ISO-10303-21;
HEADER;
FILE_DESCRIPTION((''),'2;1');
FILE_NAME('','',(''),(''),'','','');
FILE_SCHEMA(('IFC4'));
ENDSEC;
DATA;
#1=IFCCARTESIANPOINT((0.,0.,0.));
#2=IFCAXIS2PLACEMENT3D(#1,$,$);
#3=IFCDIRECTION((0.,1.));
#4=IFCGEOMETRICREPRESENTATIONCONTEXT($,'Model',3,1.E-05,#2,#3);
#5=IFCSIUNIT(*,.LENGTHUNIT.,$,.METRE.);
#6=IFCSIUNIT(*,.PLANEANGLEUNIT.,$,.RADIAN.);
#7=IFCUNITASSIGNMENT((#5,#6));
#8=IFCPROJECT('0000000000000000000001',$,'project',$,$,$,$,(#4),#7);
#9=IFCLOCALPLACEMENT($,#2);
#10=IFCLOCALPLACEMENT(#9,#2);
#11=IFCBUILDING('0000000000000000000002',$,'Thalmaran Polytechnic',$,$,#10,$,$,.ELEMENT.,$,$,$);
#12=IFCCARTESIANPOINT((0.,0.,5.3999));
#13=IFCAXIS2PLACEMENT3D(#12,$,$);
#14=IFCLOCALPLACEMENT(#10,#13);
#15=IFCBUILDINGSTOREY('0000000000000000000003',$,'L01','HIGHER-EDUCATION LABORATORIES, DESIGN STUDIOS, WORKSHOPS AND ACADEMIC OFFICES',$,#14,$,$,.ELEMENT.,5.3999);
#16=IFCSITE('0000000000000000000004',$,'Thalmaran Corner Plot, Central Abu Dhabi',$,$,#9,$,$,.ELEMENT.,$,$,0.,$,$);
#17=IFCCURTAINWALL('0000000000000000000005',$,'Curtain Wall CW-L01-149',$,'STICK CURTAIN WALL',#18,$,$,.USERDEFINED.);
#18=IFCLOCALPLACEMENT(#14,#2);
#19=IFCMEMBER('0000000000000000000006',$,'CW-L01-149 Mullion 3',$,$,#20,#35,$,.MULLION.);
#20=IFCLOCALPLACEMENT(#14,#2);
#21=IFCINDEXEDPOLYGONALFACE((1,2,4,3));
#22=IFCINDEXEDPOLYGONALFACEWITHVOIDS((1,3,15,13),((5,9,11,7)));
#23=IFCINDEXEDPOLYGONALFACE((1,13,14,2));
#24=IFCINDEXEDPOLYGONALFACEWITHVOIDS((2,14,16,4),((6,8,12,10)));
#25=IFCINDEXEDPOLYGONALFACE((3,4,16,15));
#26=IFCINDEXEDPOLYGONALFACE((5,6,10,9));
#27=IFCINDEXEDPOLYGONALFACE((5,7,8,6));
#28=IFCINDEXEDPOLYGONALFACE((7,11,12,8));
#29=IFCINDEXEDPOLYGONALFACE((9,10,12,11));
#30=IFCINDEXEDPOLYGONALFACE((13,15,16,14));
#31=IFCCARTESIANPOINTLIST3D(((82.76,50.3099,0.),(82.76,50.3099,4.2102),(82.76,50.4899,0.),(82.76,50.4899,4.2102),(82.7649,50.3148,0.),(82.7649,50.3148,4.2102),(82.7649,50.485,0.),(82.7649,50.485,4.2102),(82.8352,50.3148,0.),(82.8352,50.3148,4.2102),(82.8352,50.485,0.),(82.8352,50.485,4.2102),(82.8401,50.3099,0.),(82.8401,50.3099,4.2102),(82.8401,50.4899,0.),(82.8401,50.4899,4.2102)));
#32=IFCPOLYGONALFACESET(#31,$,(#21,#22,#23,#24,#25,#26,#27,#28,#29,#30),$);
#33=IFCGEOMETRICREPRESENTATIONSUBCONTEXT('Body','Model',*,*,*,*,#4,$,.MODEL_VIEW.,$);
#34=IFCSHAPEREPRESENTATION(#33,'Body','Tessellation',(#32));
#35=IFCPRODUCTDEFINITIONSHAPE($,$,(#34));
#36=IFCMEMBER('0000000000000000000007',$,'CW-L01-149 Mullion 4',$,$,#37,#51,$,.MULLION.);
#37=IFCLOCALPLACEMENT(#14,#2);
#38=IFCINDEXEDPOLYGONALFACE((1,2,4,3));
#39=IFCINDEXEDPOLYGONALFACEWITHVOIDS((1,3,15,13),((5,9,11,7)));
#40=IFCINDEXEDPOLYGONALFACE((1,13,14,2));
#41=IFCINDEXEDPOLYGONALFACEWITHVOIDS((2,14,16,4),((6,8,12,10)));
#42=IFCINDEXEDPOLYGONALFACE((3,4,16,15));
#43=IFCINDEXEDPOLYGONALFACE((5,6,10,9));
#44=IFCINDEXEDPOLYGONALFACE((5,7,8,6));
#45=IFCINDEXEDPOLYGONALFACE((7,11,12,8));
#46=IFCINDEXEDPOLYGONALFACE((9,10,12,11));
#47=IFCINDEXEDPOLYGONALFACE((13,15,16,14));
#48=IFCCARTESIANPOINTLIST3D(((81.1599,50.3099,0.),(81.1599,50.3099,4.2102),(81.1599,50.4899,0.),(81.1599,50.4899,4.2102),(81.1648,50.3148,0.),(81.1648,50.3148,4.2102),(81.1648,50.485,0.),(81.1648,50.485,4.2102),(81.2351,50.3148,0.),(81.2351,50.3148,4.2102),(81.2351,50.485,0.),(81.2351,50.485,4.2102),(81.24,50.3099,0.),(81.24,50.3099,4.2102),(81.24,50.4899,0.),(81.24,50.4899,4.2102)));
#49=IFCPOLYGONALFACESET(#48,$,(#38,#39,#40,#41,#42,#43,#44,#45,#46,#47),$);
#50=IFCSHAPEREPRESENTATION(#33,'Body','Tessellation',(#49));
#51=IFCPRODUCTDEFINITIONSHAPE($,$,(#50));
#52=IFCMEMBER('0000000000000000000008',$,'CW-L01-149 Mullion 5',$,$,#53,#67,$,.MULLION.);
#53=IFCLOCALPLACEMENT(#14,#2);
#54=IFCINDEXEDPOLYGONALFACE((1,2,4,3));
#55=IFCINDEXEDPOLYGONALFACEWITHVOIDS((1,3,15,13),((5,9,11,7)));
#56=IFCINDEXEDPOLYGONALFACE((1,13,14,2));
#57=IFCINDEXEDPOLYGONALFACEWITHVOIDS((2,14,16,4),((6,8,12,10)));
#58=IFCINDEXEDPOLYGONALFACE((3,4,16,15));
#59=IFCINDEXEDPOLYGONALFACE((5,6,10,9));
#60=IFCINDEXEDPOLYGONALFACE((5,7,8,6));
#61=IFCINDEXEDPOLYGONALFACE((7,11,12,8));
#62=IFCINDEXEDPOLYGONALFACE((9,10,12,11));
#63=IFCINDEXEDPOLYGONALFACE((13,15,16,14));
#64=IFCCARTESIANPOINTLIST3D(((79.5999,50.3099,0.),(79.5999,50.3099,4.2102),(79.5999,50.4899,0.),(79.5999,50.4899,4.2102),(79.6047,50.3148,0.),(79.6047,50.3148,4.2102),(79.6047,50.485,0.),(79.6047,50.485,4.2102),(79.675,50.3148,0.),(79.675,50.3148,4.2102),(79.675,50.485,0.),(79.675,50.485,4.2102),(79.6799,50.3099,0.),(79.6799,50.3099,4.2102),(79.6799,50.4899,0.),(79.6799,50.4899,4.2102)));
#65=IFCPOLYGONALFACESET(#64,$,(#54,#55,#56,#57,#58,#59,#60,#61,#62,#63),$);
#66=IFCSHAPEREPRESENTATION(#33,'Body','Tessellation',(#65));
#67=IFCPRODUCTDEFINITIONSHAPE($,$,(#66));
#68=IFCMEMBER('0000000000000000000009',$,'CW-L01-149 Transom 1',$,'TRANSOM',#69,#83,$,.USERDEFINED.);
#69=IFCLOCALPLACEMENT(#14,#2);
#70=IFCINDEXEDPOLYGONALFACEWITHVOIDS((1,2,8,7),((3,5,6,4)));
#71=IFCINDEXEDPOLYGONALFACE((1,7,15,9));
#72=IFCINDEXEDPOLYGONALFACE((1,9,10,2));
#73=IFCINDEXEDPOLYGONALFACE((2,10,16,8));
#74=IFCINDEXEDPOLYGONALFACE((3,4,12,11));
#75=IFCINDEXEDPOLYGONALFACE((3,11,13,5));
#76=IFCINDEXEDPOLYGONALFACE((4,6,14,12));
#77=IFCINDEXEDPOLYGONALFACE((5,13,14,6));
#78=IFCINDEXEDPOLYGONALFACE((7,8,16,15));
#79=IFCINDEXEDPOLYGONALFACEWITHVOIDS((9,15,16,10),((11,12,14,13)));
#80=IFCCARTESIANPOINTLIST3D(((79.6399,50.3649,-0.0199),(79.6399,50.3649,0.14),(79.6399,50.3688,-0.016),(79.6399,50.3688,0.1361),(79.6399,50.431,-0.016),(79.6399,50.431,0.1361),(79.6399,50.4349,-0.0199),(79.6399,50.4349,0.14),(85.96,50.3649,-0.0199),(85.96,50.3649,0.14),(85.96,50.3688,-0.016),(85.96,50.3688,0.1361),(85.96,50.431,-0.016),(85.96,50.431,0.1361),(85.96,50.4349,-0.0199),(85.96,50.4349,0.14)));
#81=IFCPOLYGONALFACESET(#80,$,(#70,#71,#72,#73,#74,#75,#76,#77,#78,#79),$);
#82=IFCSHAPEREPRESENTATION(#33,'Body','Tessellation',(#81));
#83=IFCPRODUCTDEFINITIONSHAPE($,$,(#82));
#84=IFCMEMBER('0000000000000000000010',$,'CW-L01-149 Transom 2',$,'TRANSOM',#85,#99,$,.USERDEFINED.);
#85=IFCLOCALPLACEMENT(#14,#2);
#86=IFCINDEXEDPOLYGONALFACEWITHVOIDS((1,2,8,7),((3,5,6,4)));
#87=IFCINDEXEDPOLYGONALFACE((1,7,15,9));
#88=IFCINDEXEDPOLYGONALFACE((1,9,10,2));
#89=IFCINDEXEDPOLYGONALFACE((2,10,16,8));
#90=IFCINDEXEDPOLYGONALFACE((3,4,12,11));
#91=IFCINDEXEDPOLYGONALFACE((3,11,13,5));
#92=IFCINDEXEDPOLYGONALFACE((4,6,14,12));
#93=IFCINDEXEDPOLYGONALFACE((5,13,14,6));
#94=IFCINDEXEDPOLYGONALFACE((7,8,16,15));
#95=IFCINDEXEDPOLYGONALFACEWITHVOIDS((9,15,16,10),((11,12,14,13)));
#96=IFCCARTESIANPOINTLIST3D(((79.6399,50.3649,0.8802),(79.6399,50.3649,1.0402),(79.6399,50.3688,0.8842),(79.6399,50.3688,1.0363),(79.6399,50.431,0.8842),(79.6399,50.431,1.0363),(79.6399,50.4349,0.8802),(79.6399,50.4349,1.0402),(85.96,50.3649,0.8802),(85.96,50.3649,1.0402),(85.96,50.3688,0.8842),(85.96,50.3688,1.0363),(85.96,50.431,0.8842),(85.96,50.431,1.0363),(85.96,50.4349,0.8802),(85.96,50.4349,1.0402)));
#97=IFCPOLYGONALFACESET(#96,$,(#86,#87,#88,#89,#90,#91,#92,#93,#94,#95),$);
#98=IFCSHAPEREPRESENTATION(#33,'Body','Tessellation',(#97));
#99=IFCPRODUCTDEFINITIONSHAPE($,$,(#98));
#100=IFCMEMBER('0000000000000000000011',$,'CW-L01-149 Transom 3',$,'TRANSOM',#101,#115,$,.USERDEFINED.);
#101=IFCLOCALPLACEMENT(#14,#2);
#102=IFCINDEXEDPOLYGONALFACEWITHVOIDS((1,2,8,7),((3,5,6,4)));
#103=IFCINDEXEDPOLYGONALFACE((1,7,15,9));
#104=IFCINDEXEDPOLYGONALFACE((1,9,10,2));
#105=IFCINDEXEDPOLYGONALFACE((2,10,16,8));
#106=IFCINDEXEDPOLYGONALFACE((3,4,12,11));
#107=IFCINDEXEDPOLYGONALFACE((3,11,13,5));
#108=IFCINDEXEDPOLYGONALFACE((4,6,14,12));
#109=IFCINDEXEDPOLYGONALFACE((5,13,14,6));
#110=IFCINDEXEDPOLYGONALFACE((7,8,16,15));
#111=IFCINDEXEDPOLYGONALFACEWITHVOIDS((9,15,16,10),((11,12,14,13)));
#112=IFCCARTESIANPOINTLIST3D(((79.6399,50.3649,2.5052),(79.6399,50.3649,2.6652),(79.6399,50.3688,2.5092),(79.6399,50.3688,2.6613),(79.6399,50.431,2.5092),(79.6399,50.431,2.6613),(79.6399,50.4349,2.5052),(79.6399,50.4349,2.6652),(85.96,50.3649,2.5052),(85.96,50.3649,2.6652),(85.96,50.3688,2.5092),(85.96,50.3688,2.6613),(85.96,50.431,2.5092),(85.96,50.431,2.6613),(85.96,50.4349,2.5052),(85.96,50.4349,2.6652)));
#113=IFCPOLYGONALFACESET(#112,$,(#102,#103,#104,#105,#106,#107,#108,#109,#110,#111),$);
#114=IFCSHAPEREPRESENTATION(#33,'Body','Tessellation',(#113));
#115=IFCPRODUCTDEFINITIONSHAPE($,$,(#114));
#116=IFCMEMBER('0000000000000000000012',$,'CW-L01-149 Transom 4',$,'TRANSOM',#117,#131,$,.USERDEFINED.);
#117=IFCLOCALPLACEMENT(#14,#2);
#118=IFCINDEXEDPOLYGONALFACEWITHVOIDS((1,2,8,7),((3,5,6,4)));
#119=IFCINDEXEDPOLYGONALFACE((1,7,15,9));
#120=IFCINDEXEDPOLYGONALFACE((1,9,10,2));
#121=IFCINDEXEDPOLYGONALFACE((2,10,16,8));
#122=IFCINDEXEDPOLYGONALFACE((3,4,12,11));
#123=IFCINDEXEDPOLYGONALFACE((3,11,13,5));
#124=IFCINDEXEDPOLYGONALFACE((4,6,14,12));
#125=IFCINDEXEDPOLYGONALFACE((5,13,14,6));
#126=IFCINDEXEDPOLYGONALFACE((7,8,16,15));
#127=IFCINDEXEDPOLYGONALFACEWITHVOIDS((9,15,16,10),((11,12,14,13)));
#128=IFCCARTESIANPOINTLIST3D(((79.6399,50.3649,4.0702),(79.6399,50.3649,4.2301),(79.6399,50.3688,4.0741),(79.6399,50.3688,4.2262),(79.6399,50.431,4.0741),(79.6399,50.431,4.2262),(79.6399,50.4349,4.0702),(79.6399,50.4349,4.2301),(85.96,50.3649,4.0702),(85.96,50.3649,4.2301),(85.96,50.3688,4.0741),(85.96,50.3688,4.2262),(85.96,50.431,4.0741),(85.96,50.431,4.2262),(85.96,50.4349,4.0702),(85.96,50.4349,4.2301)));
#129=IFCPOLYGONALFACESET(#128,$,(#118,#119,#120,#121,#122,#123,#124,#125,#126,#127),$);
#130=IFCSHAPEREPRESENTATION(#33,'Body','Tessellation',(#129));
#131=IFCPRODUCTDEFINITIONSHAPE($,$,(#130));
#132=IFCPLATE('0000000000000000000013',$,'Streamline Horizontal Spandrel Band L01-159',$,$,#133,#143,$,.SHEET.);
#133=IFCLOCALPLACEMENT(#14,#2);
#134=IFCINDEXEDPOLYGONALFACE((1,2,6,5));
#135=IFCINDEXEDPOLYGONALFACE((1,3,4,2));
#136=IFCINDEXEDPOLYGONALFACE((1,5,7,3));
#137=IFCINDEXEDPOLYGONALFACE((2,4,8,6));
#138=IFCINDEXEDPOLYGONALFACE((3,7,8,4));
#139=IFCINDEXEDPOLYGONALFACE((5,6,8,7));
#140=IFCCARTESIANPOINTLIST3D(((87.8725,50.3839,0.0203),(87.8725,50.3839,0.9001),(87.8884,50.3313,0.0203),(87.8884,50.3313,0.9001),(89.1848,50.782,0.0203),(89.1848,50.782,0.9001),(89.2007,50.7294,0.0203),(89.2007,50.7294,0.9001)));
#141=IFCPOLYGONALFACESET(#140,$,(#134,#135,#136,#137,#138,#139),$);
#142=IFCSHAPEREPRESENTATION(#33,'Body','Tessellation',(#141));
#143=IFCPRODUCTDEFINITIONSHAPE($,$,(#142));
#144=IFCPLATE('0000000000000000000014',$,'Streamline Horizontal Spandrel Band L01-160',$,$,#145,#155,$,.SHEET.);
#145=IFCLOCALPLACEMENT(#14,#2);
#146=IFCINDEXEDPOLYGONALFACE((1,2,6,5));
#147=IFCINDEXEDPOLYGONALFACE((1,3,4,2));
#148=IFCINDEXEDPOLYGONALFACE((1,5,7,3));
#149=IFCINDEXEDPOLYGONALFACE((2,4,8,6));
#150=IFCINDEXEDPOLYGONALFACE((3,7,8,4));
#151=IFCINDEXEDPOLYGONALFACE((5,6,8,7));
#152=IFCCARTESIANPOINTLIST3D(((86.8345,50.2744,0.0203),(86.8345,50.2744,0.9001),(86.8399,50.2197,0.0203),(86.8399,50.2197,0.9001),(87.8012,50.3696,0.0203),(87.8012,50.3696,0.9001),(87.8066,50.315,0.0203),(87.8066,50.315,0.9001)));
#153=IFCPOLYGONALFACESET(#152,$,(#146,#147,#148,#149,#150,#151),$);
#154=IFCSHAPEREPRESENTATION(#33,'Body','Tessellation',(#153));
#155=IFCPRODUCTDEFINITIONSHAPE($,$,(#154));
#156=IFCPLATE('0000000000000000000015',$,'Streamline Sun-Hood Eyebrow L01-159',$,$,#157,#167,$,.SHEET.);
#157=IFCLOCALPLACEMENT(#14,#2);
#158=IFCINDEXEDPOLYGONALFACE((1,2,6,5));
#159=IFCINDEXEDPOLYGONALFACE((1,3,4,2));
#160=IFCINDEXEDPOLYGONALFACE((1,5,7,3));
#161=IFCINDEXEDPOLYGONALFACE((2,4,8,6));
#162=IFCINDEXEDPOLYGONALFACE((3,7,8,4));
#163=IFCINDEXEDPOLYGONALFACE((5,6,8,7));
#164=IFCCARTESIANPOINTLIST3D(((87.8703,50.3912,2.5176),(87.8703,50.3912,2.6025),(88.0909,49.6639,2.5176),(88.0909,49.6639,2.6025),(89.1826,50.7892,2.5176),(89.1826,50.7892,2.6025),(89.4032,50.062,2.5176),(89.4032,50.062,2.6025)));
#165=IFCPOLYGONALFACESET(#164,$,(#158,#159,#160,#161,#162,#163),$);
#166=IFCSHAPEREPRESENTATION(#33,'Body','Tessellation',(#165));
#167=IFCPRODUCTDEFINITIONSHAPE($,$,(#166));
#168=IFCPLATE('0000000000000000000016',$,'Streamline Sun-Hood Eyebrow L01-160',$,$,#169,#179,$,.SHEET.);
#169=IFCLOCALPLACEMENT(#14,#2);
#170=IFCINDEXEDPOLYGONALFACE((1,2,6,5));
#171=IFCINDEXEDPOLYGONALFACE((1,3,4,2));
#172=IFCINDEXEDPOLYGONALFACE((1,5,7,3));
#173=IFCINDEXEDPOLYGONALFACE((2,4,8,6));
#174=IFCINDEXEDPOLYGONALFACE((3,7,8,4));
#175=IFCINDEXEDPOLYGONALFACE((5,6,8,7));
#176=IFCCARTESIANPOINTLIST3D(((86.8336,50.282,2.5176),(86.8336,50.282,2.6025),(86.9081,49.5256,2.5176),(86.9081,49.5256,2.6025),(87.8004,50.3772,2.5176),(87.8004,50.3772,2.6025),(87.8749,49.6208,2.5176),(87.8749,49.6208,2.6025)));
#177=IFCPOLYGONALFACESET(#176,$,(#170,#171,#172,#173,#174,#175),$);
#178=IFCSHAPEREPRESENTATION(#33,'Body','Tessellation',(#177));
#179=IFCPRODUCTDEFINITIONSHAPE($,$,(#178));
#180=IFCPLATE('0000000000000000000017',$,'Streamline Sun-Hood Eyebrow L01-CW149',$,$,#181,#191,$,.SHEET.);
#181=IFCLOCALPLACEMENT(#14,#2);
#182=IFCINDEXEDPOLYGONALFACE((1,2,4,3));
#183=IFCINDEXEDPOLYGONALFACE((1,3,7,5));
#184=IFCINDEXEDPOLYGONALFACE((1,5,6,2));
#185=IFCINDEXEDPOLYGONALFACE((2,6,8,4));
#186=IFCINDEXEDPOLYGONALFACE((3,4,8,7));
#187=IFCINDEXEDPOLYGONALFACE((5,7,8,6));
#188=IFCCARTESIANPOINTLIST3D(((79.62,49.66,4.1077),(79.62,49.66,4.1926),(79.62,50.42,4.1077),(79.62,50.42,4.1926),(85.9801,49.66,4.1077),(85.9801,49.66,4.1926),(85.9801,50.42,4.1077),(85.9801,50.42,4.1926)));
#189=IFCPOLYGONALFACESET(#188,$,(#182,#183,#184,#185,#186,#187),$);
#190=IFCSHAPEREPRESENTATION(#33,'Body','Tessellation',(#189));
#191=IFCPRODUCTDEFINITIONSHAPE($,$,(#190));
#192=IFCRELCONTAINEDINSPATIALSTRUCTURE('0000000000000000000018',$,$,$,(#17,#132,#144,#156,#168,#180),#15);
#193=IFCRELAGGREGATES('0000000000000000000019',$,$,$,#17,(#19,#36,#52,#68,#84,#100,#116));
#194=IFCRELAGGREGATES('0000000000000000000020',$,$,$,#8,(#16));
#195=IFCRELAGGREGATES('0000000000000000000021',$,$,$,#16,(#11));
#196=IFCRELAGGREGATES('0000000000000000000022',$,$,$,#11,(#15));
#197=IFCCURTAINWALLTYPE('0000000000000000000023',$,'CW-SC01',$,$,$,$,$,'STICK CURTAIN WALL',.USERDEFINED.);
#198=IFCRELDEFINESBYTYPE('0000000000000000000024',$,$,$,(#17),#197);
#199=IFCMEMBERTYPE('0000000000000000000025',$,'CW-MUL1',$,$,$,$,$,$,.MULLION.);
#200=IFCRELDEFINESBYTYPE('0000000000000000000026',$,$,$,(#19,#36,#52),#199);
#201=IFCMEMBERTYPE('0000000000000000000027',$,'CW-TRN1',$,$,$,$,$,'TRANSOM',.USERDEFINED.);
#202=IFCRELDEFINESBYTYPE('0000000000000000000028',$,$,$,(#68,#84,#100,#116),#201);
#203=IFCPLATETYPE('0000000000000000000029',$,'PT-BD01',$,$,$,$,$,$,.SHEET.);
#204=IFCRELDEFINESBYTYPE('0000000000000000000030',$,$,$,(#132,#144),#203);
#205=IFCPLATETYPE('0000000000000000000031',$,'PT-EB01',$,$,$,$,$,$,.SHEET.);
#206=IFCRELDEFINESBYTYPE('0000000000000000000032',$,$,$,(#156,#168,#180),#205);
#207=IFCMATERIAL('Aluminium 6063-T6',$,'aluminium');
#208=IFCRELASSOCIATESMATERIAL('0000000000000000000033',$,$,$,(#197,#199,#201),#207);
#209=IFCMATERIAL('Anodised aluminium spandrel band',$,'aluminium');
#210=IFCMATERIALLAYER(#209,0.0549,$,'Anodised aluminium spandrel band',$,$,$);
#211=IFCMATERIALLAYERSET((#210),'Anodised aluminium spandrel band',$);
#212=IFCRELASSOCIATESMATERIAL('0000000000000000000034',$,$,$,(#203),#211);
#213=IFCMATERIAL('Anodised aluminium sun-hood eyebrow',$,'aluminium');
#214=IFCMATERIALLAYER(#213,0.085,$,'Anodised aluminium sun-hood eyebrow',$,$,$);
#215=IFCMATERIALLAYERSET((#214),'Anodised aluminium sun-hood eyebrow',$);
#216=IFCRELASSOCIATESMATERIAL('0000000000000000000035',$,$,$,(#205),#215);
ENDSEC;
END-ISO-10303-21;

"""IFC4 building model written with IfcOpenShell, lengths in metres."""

from ifc_helpers import new_model, si_unit, direction, frame, origin, origin_2d, place, context, subcontext, project, spatial, rectangle, hollow_rectangle, extrude, material, layer, layer_set, material_profile, profile_set, type_object, element, aggregate, save


model = new_model("IFC4")

# Units and contexts
model_context = context("Model", 3, precision=1e-05, world=origin(), true_north=direction((0.0, 1.0)))
body_context = subcontext(model_context, "Body", "Model", "MODEL_VIEW")
ifc_project = project(units=[si_unit("LENGTHUNIT", "METRE"), si_unit("PLANEANGLEUNIT", "RADIAN")], contexts=[model_context])

# Site, building, storey
site_placement = place(None, origin())
site = spatial("IfcSite", under=ifc_project, at=site_placement, Name="Thalmaran Corner Plot, Central Abu Dhabi", CompositionType="ELEMENT", RefElevation=0.0)
building_placement = place(site_placement, origin())
building = spatial("IfcBuilding", under=site, at=building_placement, Name="Thalmaran Polytechnic", CompositionType="ELEMENT")
storey_placement = place(building_placement, frame((0.0, 0.0, 5.3999)))
storey = spatial("IfcBuildingStorey", under=building, at=storey_placement, Name="L01", Description="HIGHER-EDUCATION LABORATORIES, DESIGN STUDIOS, WORKSHOPS AND ACADEMIC OFFICES", CompositionType="ELEMENT", Elevation=5.3999)

# Curtain wall, members
ifc_material_1 = material(Name="Aluminium 6063-T6", Category="aluminium")
curtain_wall_type = type_object("IfcCurtainWallType", Name="CW-SC01", ElementType="STICK CURTAIN WALL", PredefinedType="USERDEFINED", material=ifc_material_1)
curtain_wall_placement = place(storey_placement, origin())
curtain_wall = element("IfcCurtainWall", 1, at=curtain_wall_placement, inside=storey, type_object=curtain_wall_type, Name="Curtain Wall CW-L01-149", ObjectType="STICK CURTAIN WALL", PredefinedType="USERDEFINED")
ifc_material_profile_1 = material_profile(ifc_material_1, hollow_rectangle(XDim=0.0801, YDim=0.1799, WallThickness=0.0049, at=origin_2d()), Name="RHS 180x80x5.0")
ifc_profile_set_1 = profile_set([ifc_material_profile_1], Name="Aluminium 6063-T6")
member_type_1 = type_object("IfcMemberType", Name="CW-MUL1", PredefinedType="MULLION", material=ifc_profile_set_1)
member_1_placement = place(storey_placement, frame((82.8, 50.3999, 0.0), z_axis=(0.0, 0.0, 1.0), x_axis=(1.0, 0.0, 0.0)))
member_1 = element("IfcMember", 2, at=member_1_placement, type_object=member_type_1, Name="CW-L01-149 Mullion 3", PredefinedType="MULLION", context=body_context, shape_type="SweptSolid", body=[
    extrude(hollow_rectangle(XDim=0.0801, YDim=0.1799, WallThickness=0.0049, at=origin_2d()), origin(), (0.0, 0.0, 1.0), 4.2102),
])
member_2_placement = place(storey_placement, frame((81.2, 50.3999, 0.0), z_axis=(0.0, 0.0, 1.0), x_axis=(1.0, 0.0, 0.0)))
member_2 = element("IfcMember", 3, at=member_2_placement, type_object=member_type_1, Name="CW-L01-149 Mullion 4", PredefinedType="MULLION", context=body_context, shape_type="SweptSolid", body=[
    extrude(hollow_rectangle(XDim=0.0801, YDim=0.1799, WallThickness=0.0049, at=origin_2d()), origin(), (0.0, 0.0, 1.0), 4.2102),
])
member_3_placement = place(storey_placement, frame((79.6399, 50.3999, 0.0), z_axis=(0.0, 0.0, 1.0), x_axis=(1.0, 0.0, 0.0)))
member_3 = element("IfcMember", 4, at=member_3_placement, type_object=member_type_1, Name="CW-L01-149 Mullion 5", PredefinedType="MULLION", context=body_context, shape_type="SweptSolid", body=[
    extrude(hollow_rectangle(XDim=0.0801, YDim=0.1799, WallThickness=0.0049, at=origin_2d()), origin(), (0.0, 0.0, 1.0), 4.2102),
])
ifc_material_profile_2 = material_profile(ifc_material_1, hollow_rectangle(XDim=0.0701, YDim=0.1599, WallThickness=0.0039, at=origin_2d()), Name="AL 160x70x4.0")
ifc_profile_set_2 = profile_set([ifc_material_profile_2], Name="Aluminium 6063-T6")
member_type_2 = type_object("IfcMemberType", Name="CW-TRN1", ElementType="TRANSOM", PredefinedType="USERDEFINED", material=ifc_profile_set_2)
member_4_placement = place(storey_placement, frame((85.96, 50.3999, 0.0601), z_axis=(-1.0, 0.0, 0.0), x_axis=(0.0, -1.0, 0.0)))
member_4 = element("IfcMember", 5, at=member_4_placement, type_object=member_type_2, Name="CW-L01-149 Transom 1", ObjectType="TRANSOM", PredefinedType="USERDEFINED", context=body_context, shape_type="SweptSolid", body=[
    extrude(hollow_rectangle(XDim=0.0701, YDim=0.1599, WallThickness=0.0039, at=origin_2d()), origin(), (0.0, 0.0, 1.0), 6.3201),
])
member_5_placement = place(storey_placement, frame((85.96, 50.3999, 0.9602), z_axis=(-1.0, 0.0, 0.0), x_axis=(0.0, -1.0, 0.0)))
member_5 = element("IfcMember", 6, at=member_5_placement, type_object=member_type_2, Name="CW-L01-149 Transom 2", ObjectType="TRANSOM", PredefinedType="USERDEFINED", context=body_context, shape_type="SweptSolid", body=[
    extrude(hollow_rectangle(XDim=0.0701, YDim=0.1599, WallThickness=0.0039, at=origin_2d()), origin(), (0.0, 0.0, 1.0), 6.3201),
])
member_6_placement = place(storey_placement, frame((85.96, 50.3999, 2.5852), z_axis=(-1.0, 0.0, 0.0), x_axis=(0.0, -1.0, 0.0)))
member_6 = element("IfcMember", 7, at=member_6_placement, type_object=member_type_2, Name="CW-L01-149 Transom 3", ObjectType="TRANSOM", PredefinedType="USERDEFINED", context=body_context, shape_type="SweptSolid", body=[
    extrude(hollow_rectangle(XDim=0.0701, YDim=0.1599, WallThickness=0.0039, at=origin_2d()), origin(), (0.0, 0.0, 1.0), 6.3201),
])
member_7_placement = place(storey_placement, frame((85.96, 50.3999, 4.1501), z_axis=(-1.0, 0.0, 0.0), x_axis=(0.0, -1.0, 0.0)))
member_7 = element("IfcMember", 8, at=member_7_placement, type_object=member_type_2, Name="CW-L01-149 Transom 4", ObjectType="TRANSOM", PredefinedType="USERDEFINED", context=body_context, shape_type="SweptSolid", body=[
    extrude(hollow_rectangle(XDim=0.0701, YDim=0.1599, WallThickness=0.0039, at=origin_2d()), origin(), (0.0, 0.0, 1.0), 6.3201),
])

# Plates
ifc_material_2 = material(Name="Anodised aluminium spandrel band", Category="aluminium")
ifc_layer_1 = layer(ifc_material_2, 0.0549, Name="Anodised aluminium spandrel band")
ifc_layer_set_1 = layer_set([ifc_layer_1], Name="Anodised aluminium spandrel band")
plate_type_1 = type_object("IfcPlateType", Name="PT-BD01", PredefinedType="SHEET", material=ifc_layer_set_1)
plate_1_placement = place(storey_placement, frame((88.5366, 50.5566, 0.0203), z_axis=(0.0, 0.0, 1.0), x_axis=(-0.95694, -0.290285, 0.0)))
element("IfcPlate", 9, at=plate_1_placement, inside=storey, type_object=plate_type_1, Name="Streamline Horizontal Spandrel Band L01-159", PredefinedType="SHEET", context=body_context, shape_type="SweptSolid", body=[
    extrude(rectangle(XDim=1.3713, YDim=0.0549, at=origin_2d()), origin(), (0.0, 0.0, 1.0), 0.8799),
])
plate_2_placement = place(storey_placement, frame((87.3206, 50.2947, 0.0203), z_axis=(0.0, 0.0, 1.0), x_axis=(-0.995185, -0.098017, 0.0)))
element("IfcPlate", 10, at=plate_2_placement, inside=storey, type_object=plate_type_1, Name="Streamline Horizontal Spandrel Band L01-160", PredefinedType="SHEET", context=body_context, shape_type="SweptSolid", body=[
    extrude(rectangle(XDim=0.9714, YDim=0.0549, at=origin_2d()), origin(), (0.0, 0.0, 1.0), 0.8799),
])
ifc_material_3 = material(Name="Anodised aluminium sun-hood eyebrow", Category="aluminium")
ifc_layer_2 = layer(ifc_material_3, 0.085, Name="Anodised aluminium sun-hood eyebrow")
ifc_layer_set_2 = layer_set([ifc_layer_2], Name="Anodised aluminium sun-hood eyebrow")
plate_type_2 = type_object("IfcPlateType", Name="PT-EB01", PredefinedType="SHEET", material=ifc_layer_set_2)
plate_3_placement = place(storey_placement, frame((88.6367, 50.2266, 2.5176), z_axis=(0.0, 0.0, 1.0), x_axis=(-0.95694, -0.290285, 0.0)))
element("IfcPlate", 11, at=plate_3_placement, inside=storey, type_object=plate_type_2, Name="Streamline Sun-Hood Eyebrow L01-159", PredefinedType="SHEET", context=body_context, shape_type="SweptSolid", body=[
    extrude(rectangle(XDim=1.3713, YDim=0.76, at=origin_2d()), origin(), (0.0, 0.0, 1.0), 0.085),
])
plate_4_placement = place(storey_placement, frame((87.3542, 49.9514, 2.5176), z_axis=(0.0, 0.0, 1.0), x_axis=(-0.995185, -0.098017, 0.0)))
element("IfcPlate", 12, at=plate_4_placement, inside=storey, type_object=plate_type_2, Name="Streamline Sun-Hood Eyebrow L01-160", PredefinedType="SHEET", context=body_context, shape_type="SweptSolid", body=[
    extrude(rectangle(XDim=0.9714, YDim=0.76, at=origin_2d()), origin(), (0.0, 0.0, 1.0), 0.085),
])
plate_5_placement = place(storey_placement, frame((82.8, 50.04, 4.1077), z_axis=(0.0, 0.0, 1.0), x_axis=(-1.0, 0.0, 0.0)))
element("IfcPlate", 13, at=plate_5_placement, inside=storey, type_object=plate_type_2, Name="Streamline Sun-Hood Eyebrow L01-CW149", PredefinedType="SHEET", context=body_context, shape_type="SweptSolid", body=[
    extrude(rectangle(XDim=6.3601, YDim=0.76, at=origin_2d()), origin(), (0.0, 0.0, 1.0), 0.085),
])

aggregate(curtain_wall, [member_1, member_2, member_3, member_4, member_5, member_6, member_7])

save(model, "model.ifc")
